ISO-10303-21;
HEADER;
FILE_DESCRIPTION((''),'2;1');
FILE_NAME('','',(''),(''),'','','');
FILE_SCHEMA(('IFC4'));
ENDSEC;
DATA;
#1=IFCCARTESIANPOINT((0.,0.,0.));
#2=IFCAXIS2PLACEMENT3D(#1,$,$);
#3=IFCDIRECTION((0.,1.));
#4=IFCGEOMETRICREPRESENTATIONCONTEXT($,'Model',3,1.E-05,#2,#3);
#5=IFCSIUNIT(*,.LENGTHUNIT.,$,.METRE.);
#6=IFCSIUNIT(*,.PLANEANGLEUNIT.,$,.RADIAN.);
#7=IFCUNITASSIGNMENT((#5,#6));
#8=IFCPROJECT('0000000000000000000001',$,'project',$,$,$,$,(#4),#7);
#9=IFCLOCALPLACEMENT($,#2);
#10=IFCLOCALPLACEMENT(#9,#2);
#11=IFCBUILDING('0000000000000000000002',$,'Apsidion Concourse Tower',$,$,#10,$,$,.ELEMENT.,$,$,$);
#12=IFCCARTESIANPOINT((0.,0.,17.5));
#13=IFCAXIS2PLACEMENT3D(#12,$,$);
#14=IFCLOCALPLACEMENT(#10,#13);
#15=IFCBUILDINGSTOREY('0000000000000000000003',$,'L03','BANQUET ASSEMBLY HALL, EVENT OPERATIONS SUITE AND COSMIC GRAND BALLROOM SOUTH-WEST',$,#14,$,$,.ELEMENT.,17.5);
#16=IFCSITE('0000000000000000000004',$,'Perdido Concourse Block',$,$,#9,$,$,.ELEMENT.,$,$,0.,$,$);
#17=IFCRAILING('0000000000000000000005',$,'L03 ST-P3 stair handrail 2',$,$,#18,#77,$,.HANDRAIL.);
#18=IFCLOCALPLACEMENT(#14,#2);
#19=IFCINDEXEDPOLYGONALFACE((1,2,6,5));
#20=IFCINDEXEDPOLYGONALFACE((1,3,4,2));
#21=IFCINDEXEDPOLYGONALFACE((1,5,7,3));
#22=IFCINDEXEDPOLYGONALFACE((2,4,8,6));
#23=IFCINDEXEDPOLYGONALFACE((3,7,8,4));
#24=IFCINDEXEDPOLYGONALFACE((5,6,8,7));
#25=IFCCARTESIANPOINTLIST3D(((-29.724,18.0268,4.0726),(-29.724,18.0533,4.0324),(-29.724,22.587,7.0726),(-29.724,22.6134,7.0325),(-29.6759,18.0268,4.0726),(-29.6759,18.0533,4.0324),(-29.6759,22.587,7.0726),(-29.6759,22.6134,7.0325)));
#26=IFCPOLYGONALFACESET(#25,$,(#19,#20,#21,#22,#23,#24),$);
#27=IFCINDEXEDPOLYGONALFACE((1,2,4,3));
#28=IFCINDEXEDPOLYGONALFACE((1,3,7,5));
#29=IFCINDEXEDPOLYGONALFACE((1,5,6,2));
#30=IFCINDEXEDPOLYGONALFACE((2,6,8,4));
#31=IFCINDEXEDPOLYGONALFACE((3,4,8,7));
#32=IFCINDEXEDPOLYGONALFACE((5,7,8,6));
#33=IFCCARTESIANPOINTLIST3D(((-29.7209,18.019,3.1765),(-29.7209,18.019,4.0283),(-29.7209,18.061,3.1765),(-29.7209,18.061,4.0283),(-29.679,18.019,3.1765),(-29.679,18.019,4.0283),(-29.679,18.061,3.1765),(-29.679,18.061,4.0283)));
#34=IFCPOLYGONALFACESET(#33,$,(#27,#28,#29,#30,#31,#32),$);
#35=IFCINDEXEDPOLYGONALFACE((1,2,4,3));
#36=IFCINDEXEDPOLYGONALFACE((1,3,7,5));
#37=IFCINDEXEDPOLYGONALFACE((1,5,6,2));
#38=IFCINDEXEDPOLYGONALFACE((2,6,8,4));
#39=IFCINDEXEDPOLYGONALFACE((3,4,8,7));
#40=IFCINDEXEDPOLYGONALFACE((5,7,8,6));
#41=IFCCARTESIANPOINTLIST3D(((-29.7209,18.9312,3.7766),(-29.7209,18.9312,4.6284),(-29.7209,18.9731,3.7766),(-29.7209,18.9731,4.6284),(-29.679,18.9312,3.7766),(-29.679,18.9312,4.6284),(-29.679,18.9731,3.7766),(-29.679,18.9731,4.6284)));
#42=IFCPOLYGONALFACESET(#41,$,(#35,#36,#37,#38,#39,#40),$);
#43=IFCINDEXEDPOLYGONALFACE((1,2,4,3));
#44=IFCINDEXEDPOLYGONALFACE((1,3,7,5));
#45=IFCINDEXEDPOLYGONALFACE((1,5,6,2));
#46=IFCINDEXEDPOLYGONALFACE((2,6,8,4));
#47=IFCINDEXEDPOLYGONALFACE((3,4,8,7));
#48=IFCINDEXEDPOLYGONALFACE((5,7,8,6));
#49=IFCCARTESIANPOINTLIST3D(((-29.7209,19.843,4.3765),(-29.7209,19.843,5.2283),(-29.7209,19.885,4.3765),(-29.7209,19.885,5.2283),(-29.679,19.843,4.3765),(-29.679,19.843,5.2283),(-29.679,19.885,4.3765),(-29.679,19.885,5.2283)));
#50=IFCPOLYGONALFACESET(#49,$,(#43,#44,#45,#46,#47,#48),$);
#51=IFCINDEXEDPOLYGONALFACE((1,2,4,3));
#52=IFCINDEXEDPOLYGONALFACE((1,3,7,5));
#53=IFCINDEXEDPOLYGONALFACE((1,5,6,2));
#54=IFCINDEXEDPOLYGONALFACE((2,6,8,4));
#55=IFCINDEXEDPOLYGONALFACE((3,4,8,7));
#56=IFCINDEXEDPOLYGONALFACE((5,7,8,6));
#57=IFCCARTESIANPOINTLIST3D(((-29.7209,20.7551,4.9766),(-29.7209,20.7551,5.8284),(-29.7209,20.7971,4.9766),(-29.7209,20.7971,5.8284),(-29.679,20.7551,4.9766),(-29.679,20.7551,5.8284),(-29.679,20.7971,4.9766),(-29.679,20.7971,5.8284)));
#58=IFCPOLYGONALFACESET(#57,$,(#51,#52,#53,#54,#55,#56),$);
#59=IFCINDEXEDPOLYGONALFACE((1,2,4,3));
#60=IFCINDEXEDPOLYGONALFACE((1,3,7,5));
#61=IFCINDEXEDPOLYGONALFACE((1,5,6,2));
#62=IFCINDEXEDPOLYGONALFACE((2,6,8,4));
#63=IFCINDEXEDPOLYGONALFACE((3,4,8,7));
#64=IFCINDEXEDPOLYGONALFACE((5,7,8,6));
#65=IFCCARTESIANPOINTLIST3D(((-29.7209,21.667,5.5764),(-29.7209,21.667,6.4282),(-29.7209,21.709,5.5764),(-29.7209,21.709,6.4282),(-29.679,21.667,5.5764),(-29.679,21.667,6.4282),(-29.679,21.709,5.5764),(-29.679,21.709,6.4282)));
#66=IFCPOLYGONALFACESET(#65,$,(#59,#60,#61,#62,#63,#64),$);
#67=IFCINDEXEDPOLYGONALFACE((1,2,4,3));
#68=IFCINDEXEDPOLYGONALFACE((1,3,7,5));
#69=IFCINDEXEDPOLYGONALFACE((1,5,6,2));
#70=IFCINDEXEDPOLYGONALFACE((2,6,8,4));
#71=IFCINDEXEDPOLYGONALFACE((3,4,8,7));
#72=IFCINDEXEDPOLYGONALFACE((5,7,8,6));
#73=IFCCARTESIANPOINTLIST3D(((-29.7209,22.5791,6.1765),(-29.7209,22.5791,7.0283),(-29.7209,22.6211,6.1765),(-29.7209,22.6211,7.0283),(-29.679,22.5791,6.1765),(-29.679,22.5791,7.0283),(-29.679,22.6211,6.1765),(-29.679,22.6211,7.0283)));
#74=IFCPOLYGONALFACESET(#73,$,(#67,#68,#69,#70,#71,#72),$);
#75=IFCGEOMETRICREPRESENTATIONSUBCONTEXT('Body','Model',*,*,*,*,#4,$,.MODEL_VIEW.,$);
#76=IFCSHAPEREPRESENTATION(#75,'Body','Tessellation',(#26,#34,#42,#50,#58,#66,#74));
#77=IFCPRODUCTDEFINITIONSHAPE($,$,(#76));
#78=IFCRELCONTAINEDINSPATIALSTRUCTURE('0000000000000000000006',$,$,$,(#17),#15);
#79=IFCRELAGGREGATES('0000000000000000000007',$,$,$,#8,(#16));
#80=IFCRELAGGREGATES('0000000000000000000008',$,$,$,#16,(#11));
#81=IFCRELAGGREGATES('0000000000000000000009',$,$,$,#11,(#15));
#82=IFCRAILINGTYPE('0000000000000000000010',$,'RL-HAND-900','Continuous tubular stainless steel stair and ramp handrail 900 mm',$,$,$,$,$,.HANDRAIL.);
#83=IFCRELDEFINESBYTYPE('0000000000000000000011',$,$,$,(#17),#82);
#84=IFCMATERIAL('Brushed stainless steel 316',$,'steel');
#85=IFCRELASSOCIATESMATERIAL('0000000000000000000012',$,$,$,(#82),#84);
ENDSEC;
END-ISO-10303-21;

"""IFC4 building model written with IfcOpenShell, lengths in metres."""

from ifc_helpers import new_model, si_unit, direction, frame, origin, origin_2d, place, context, subcontext, project, spatial, rectangle, extrude, material, type_object, element, save


model = new_model("IFC4")

# Units and contexts
model_context = context("Model", 3, precision=1e-05, world=origin(), true_north=direction((0.0, 1.0)))
body_context = subcontext(model_context, "Body", "Model", "MODEL_VIEW")
ifc_project = project(units=[si_unit("LENGTHUNIT", "METRE"), si_unit("PLANEANGLEUNIT", "RADIAN")], contexts=[model_context])

# Site, building, storey
site_placement = place(None, origin())
site = spatial("IfcSite", under=ifc_project, at=site_placement, Name="Perdido Concourse Block", CompositionType="ELEMENT", RefElevation=0.0)
building_placement = place(site_placement, origin())
building = spatial("IfcBuilding", under=site, at=building_placement, Name="Apsidion Concourse Tower", CompositionType="ELEMENT")
storey_placement = place(building_placement, frame((0.0, 0.0, 17.5)))
storey = spatial("IfcBuildingStorey", under=building, at=storey_placement, Name="L03", Description="BANQUET ASSEMBLY HALL, EVENT OPERATIONS SUITE AND COSMIC GRAND BALLROOM SOUTH-WEST", CompositionType="ELEMENT", Elevation=17.5)

# Shared definitions
ifc_material_1 = material(Name="Brushed stainless steel 316", Category="steel")

# Railing
railing_type_1 = type_object("IfcRailingType", Name="RL-HAND-900", Description="Continuous tubular stainless steel stair and ramp handrail 900 mm", PredefinedType="HANDRAIL", material=ifc_material_1)
railing_1_placement = place(storey_placement, frame((-29.7, 18.04, 3.1765)))
element("IfcRailing", 1, at=railing_1_placement, inside=storey, type_object=railing_type_1, Name="L03 ST-P3 stair handrail 2", PredefinedType="HANDRAIL", context=body_context, shape_type="SweptSolid", body=[
    extrude(rectangle(XDim=0.0481, YDim=0.0481, at=origin_2d()), frame((0.0, 0.0, 0.876), z_axis=(0.0, 0.83542, 0.549612), x_axis=(-1.0, 0.0, 0.0)), (0.0, 0.0, 1.0), 5.4585),
    extrude(rectangle(XDim=0.042, YDim=0.042, at=origin_2d()), origin(), (0.0, 0.0, 1.0), 0.8518),
    extrude(rectangle(XDim=0.042, YDim=0.042, at=origin_2d()), frame((0.0, 0.9121, 0.6001)), (0.0, 0.0, 1.0), 0.8518),
    extrude(rectangle(XDim=0.042, YDim=0.042, at=origin_2d()), frame((0.0, 1.824, 1.2)), (0.0, 0.0, 1.0), 0.8518),
    extrude(rectangle(XDim=0.042, YDim=0.042, at=origin_2d()), frame((0.0, 2.7361, 1.8)), (0.0, 0.0, 1.0), 0.8518),
    extrude(rectangle(XDim=0.042, YDim=0.042, at=origin_2d()), frame((0.0, 3.6479, 2.3999)), (0.0, 0.0, 1.0), 0.8518),
    extrude(rectangle(XDim=0.042, YDim=0.042, at=origin_2d()), frame((0.0, 4.5601, 3.0)), (0.0, 0.0, 1.0), 0.8518),
])

save(model, "model.ifc")
